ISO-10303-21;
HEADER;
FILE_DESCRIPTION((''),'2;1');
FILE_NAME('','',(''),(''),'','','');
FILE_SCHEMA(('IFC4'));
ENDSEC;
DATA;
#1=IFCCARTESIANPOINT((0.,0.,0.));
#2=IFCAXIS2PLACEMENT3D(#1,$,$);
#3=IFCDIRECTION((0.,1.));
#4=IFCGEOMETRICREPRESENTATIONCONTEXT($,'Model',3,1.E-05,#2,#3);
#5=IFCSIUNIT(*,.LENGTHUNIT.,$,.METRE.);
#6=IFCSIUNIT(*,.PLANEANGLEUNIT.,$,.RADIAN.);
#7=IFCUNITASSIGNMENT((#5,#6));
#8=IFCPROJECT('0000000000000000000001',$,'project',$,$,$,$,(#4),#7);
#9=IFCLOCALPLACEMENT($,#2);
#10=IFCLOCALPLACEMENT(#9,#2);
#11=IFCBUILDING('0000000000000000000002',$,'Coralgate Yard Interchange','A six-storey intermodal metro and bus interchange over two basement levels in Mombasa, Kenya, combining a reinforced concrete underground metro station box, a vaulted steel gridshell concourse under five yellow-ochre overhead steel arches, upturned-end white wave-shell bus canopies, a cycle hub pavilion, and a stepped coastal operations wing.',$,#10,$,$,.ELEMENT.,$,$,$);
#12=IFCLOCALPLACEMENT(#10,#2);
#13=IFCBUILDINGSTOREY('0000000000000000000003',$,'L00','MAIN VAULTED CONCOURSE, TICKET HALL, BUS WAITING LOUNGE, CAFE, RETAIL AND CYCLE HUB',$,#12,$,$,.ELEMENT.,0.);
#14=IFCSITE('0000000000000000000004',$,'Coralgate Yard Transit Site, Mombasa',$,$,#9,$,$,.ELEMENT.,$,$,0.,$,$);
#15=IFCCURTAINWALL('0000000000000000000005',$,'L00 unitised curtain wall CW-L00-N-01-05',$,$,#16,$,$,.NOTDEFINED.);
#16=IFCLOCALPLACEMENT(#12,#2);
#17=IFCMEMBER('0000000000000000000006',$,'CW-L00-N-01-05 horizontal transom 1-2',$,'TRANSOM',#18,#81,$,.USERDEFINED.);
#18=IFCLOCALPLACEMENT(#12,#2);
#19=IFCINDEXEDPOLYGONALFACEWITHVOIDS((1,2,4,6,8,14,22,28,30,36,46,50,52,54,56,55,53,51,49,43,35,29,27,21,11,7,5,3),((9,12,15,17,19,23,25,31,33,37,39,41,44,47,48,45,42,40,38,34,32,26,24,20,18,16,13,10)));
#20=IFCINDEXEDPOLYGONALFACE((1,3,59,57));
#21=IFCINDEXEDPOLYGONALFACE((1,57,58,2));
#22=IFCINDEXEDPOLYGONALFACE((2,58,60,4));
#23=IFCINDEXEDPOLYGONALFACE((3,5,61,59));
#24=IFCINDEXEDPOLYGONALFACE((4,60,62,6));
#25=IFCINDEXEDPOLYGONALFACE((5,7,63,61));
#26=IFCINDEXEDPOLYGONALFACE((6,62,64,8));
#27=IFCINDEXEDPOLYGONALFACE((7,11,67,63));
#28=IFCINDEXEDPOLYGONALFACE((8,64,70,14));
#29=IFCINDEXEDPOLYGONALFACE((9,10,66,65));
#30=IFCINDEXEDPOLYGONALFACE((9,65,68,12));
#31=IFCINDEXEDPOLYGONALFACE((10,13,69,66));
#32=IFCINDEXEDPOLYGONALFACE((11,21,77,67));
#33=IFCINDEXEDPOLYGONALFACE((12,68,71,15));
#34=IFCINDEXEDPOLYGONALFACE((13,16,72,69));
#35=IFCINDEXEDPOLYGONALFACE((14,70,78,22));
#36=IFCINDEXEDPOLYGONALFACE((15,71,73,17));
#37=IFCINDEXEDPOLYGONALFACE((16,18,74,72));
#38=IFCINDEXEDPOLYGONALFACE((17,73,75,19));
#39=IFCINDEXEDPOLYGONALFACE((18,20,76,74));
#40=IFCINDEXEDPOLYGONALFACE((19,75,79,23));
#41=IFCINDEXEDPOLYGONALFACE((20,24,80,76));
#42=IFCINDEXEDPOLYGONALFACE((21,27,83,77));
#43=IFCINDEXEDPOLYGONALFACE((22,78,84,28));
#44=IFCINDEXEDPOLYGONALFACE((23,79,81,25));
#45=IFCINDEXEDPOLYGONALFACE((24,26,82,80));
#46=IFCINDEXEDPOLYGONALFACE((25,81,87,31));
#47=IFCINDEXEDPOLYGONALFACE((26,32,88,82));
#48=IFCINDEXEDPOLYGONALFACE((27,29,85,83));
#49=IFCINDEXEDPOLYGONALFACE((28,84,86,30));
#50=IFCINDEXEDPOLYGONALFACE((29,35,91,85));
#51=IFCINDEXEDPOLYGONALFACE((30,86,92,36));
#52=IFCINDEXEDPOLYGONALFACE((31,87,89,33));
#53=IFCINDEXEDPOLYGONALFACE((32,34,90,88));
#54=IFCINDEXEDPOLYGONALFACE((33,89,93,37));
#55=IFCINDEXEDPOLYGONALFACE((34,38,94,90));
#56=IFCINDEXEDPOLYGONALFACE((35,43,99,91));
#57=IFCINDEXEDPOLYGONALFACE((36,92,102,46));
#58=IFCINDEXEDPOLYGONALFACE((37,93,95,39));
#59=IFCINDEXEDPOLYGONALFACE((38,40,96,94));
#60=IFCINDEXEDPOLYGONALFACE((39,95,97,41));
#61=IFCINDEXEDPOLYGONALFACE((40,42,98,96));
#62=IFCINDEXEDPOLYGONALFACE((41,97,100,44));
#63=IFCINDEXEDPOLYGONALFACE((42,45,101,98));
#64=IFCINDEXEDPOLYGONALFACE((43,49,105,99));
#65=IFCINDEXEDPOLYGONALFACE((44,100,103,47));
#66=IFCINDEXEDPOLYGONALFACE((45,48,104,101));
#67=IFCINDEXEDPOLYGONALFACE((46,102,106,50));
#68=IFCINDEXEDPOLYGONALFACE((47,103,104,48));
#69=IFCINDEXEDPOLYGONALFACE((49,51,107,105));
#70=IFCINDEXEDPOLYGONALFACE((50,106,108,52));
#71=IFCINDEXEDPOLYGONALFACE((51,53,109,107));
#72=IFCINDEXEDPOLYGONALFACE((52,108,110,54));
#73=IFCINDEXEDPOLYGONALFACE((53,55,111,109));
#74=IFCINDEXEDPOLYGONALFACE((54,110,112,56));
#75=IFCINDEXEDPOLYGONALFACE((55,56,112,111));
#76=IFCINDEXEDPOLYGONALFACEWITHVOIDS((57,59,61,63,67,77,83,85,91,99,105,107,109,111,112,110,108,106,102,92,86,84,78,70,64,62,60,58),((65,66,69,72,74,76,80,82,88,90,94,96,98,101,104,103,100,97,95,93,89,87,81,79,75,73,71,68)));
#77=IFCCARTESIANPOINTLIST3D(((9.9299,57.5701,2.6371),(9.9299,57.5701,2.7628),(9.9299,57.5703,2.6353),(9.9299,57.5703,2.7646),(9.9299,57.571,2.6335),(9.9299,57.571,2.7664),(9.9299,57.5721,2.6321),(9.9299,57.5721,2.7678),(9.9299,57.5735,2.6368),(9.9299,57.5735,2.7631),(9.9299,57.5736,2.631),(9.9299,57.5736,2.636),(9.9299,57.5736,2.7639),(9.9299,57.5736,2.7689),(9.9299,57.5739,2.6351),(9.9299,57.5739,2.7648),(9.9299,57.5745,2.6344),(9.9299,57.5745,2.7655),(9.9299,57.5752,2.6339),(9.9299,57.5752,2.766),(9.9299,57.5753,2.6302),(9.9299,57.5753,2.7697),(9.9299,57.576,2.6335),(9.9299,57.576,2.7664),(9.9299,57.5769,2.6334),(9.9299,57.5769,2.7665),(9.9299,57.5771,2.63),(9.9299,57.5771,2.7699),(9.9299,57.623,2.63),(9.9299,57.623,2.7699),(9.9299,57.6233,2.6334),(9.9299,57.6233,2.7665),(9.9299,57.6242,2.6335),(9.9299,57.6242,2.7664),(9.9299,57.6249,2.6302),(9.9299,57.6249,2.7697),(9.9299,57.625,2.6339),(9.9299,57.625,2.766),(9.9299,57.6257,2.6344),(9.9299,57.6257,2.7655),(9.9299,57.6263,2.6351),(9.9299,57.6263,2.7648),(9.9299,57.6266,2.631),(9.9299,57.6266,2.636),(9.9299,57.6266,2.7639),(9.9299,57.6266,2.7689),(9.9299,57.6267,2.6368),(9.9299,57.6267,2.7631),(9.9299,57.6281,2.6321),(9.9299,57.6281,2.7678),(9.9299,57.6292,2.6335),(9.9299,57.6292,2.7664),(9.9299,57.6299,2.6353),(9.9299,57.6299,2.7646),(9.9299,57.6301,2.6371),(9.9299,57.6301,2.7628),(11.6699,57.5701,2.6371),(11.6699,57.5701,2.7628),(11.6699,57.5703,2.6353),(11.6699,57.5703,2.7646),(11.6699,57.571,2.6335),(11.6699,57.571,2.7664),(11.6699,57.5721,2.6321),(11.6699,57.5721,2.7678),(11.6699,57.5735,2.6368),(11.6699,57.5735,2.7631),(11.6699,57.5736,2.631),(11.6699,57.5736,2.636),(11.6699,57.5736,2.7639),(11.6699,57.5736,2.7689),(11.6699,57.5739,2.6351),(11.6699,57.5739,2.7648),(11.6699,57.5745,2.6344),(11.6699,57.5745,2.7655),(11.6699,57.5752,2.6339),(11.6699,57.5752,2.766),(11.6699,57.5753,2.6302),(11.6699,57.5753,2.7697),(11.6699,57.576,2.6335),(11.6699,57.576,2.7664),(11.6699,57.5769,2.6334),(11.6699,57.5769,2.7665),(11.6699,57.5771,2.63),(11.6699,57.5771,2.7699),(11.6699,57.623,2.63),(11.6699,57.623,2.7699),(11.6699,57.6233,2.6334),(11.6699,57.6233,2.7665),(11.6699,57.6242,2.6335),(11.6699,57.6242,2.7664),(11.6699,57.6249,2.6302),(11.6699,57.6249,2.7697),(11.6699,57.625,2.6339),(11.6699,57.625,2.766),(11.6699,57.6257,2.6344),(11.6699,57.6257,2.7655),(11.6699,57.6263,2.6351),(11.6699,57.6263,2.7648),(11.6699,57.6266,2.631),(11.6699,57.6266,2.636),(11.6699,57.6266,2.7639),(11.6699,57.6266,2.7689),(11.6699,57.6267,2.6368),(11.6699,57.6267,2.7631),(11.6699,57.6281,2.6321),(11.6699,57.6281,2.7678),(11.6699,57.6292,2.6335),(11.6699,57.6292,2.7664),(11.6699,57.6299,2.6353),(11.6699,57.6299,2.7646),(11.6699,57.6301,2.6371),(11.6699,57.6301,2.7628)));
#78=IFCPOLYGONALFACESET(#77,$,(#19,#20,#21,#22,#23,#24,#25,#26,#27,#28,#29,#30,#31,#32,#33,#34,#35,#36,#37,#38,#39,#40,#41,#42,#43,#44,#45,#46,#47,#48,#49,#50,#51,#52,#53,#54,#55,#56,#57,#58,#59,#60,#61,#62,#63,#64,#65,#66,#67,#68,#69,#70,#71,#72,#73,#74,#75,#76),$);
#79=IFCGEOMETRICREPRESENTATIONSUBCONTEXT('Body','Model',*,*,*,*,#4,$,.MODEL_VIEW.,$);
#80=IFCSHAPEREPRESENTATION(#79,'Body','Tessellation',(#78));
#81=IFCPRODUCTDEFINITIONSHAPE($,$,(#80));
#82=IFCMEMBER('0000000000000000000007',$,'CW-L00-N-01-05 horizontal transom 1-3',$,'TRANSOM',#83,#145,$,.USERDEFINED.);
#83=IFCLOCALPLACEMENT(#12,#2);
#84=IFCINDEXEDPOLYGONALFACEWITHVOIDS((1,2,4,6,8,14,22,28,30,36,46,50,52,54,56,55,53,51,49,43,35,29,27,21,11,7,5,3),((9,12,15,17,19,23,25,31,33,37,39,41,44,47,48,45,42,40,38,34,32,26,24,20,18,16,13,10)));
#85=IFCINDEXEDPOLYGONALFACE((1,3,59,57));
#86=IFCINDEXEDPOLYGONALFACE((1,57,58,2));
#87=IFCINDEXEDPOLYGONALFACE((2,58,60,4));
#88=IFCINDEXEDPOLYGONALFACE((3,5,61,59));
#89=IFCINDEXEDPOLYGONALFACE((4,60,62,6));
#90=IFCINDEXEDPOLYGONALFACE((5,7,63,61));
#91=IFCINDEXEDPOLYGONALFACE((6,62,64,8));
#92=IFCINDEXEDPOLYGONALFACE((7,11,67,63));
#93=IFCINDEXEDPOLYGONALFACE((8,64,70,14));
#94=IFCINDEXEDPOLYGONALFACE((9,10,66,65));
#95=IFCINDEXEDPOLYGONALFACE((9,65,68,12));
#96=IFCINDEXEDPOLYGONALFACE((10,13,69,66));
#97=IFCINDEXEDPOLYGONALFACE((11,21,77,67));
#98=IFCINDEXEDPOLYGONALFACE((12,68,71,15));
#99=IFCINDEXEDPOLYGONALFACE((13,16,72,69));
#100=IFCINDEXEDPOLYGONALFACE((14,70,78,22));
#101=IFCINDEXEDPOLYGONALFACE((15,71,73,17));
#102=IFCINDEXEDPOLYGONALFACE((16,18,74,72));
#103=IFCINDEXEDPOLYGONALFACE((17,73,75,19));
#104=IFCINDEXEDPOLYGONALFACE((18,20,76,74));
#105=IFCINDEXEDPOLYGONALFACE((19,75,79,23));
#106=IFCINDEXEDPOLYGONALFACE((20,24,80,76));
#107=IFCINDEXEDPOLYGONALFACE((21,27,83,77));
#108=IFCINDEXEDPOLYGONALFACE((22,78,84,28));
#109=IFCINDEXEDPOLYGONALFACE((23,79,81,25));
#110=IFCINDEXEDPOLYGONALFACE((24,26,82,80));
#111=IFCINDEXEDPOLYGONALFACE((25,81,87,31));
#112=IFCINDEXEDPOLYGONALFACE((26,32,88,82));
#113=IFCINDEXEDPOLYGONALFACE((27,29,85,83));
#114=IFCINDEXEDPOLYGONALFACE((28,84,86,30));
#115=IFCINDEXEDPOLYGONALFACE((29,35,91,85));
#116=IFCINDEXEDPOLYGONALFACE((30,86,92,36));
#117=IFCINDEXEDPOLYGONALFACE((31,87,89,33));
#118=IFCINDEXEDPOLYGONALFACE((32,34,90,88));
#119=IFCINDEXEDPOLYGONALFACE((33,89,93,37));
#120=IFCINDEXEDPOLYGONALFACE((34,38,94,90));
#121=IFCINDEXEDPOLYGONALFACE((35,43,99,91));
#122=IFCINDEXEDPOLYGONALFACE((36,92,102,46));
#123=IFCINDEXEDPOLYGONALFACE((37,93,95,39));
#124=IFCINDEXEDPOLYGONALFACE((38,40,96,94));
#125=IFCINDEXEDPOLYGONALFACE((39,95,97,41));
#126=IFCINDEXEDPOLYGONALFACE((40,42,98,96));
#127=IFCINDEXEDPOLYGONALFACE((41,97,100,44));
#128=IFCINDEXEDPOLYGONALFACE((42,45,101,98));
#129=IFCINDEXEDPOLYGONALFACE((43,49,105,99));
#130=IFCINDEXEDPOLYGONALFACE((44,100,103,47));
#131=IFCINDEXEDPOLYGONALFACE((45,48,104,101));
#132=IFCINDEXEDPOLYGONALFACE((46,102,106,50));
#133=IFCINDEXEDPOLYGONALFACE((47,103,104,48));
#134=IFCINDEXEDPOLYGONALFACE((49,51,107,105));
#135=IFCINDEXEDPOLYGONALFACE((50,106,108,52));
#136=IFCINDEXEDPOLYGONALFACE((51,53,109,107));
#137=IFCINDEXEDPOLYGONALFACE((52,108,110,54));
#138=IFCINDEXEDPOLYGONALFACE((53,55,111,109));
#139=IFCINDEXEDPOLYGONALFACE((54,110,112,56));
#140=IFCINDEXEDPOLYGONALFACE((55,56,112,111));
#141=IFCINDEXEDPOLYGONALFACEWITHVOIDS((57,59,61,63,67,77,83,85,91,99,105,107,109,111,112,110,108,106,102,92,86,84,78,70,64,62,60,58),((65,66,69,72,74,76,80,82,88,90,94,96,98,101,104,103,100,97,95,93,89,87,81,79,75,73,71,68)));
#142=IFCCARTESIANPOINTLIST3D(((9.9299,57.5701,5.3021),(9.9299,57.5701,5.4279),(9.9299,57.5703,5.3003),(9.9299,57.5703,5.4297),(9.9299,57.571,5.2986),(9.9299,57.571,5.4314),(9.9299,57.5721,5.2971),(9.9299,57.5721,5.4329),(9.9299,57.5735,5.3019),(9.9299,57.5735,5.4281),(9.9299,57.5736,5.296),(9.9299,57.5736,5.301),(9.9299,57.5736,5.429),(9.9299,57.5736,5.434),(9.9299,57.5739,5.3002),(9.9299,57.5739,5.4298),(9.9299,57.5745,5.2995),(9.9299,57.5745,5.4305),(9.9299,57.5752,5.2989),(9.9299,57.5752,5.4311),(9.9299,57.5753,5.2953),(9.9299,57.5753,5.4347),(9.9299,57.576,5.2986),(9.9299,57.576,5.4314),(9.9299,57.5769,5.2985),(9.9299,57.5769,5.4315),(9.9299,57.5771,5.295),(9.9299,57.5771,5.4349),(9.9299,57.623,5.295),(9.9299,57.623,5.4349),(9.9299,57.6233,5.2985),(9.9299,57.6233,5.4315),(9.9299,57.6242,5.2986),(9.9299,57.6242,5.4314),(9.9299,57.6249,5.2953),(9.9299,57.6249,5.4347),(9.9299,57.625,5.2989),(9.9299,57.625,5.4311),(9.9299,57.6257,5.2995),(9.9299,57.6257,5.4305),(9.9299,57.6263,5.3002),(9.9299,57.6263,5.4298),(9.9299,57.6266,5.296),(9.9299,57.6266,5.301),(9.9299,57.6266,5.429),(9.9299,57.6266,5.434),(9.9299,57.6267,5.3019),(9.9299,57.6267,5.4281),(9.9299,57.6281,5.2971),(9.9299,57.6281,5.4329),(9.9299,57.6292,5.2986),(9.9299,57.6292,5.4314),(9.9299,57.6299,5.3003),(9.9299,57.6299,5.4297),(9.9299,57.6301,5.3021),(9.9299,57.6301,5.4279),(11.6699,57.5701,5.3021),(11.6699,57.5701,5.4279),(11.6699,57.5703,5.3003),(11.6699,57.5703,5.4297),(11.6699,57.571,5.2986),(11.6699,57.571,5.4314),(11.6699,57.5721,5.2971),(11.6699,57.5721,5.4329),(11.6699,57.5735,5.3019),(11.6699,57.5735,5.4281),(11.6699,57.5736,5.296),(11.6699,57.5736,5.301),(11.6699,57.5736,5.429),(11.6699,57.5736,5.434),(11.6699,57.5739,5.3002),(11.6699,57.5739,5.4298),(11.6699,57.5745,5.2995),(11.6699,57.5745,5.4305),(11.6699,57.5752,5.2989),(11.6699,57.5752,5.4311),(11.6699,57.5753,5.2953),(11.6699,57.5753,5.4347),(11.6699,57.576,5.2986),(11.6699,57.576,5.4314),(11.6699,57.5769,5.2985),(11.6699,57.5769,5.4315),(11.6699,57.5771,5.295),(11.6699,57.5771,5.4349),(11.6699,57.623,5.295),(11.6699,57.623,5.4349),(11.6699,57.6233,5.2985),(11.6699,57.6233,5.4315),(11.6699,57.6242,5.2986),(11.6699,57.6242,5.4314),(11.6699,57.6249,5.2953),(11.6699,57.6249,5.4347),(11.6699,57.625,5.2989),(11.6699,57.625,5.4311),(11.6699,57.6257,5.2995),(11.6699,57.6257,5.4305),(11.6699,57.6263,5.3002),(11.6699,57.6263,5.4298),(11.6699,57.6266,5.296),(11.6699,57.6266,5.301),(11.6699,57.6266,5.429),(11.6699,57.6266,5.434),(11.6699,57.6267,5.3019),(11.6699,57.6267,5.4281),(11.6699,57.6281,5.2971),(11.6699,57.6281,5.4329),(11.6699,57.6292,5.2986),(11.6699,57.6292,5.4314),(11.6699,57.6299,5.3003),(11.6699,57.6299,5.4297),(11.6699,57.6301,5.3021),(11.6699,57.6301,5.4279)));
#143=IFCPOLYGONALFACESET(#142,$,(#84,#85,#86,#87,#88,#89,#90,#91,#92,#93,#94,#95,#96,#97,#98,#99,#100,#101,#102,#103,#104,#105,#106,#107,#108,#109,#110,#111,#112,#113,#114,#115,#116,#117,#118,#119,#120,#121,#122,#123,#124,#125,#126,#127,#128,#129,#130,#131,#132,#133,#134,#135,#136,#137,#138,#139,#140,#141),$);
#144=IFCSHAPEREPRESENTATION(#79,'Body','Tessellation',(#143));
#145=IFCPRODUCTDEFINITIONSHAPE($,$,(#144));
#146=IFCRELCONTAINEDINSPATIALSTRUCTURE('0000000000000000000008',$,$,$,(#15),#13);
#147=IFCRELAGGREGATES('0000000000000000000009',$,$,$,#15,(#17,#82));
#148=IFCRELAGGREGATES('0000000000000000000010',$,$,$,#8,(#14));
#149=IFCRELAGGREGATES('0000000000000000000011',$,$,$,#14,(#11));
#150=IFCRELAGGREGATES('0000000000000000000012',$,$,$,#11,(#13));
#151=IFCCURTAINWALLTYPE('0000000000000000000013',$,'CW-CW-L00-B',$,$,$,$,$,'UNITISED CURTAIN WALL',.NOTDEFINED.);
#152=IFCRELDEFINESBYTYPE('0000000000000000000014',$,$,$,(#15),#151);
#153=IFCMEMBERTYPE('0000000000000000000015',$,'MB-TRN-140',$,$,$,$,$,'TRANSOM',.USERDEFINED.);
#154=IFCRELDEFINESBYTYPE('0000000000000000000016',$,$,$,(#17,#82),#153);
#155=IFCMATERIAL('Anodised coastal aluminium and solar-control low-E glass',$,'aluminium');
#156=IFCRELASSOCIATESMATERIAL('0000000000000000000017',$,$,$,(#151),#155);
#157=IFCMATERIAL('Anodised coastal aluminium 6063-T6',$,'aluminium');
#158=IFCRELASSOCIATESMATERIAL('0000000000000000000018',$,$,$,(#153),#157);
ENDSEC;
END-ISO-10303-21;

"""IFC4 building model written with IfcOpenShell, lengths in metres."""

from ifc_helpers import new_model, si_unit, direction, frame, origin, origin_2d, place, context, subcontext, project, spatial, hollow_rectangle, extrude, material, material_profile, profile_set, type_object, element, aggregate, save


model = new_model("IFC4")

# Units and contexts
model_context = context("Model", 3, precision=1e-05, world=origin(), true_north=direction((0.0, 1.0)))
body_context = subcontext(model_context, "Body", "Model", "MODEL_VIEW")
ifc_project = project(units=[si_unit("LENGTHUNIT", "METRE"), si_unit("PLANEANGLEUNIT", "RADIAN")], contexts=[model_context])

# Site, building, storey
site_placement = place(None, origin())
site = spatial("IfcSite", under=ifc_project, at=site_placement, Name="Coralgate Yard Transit Site, Mombasa", CompositionType="ELEMENT", RefElevation=0.0)
building_placement = place(site_placement, origin())
building = spatial("IfcBuilding", under=site, at=building_placement, Name="Coralgate Yard Interchange", Description="A six-storey intermodal metro and bus interchange over two basement levels in Mombasa, Kenya, combining a reinforced concrete underground metro station box, a vaulted steel gridshell concourse under five yellow-ochre overhead steel arches, upturned-end white wave-shell bus canopies, a cycle hub pavilion, and a stepped coastal operations wing.", CompositionType="ELEMENT")
storey_placement = place(building_placement, origin())
storey = spatial("IfcBuildingStorey", under=building, at=storey_placement, Name="L00", Description="MAIN VAULTED CONCOURSE, TICKET HALL, BUS WAITING LOUNGE, CAFE, RETAIL AND CYCLE HUB", CompositionType="ELEMENT", Elevation=0.0)

# Shared definitions
ifc_material_1 = material(Name="Anodised coastal aluminium and solar-control low-E glass", Category="aluminium")
curtain_wall_type = type_object("IfcCurtainWallType", Name="CW-CW-L00-B", ElementType="UNITISED CURTAIN WALL", PredefinedType="NOTDEFINED", material=ifc_material_1)
ifc_material_2 = material(Name="Anodised coastal aluminium 6063-T6", Category="aluminium")

# Curtain wall
curtain_wall_1_placement = place(storey_placement, origin())
curtain_wall_1 = element("IfcCurtainWall", 1, at=curtain_wall_1_placement, inside=storey, type_object=curtain_wall_type, Name="L00 unitised curtain wall CW-L00-N-01-05", PredefinedType="NOTDEFINED")

# Members
ifc_material_profile_1 = material_profile(ifc_material_2, hollow_rectangle(XDim=0.0601, YDim=0.1399, WallThickness=0.0034, InnerFilletRadius=0.0034, OuterFilletRadius=0.0071, at=origin_2d()), Name="ALU 60x140x3.5")
ifc_profile_set_1 = profile_set([ifc_material_profile_1], Name="Anodised coastal aluminium 6063-T6")
member_type_1 = type_object("IfcMemberType", Name="MB-TRN-140", ElementType="TRANSOM", PredefinedType="USERDEFINED", material=ifc_profile_set_1)
member_1_placement = place(storey_placement, frame((9.9299, 57.6001, 2.7), z_axis=(1.0, 0.0, 0.0), x_axis=(0.0, 1.0, 0.0)))
member_1 = element("IfcMember", 2, at=member_1_placement, type_object=member_type_1, Name="CW-L00-N-01-05 horizontal transom 1-2", ObjectType="TRANSOM", PredefinedType="USERDEFINED", context=body_context, shape_type="SweptSolid", body=[
    extrude(hollow_rectangle(XDim=0.0601, YDim=0.1399, WallThickness=0.0034, InnerFilletRadius=0.0034, OuterFilletRadius=0.0071, at=origin_2d()), origin(), (0.0, 0.0, 1.0), 1.74),
])
member_2_placement = place(storey_placement, frame((9.9299, 57.6001, 5.365), z_axis=(1.0, 0.0, 0.0), x_axis=(0.0, 1.0, 0.0)))
member_2 = element("IfcMember", 3, at=member_2_placement, type_object=member_type_1, Name="CW-L00-N-01-05 horizontal transom 1-3", ObjectType="TRANSOM", PredefinedType="USERDEFINED", context=body_context, shape_type="SweptSolid", body=[
    extrude(hollow_rectangle(XDim=0.0601, YDim=0.1399, WallThickness=0.0034, InnerFilletRadius=0.0034, OuterFilletRadius=0.0071, at=origin_2d()), origin(), (0.0, 0.0, 1.0), 1.74),
])

aggregate(curtain_wall_1, [member_1, member_2])

save(model, "model.ifc")
